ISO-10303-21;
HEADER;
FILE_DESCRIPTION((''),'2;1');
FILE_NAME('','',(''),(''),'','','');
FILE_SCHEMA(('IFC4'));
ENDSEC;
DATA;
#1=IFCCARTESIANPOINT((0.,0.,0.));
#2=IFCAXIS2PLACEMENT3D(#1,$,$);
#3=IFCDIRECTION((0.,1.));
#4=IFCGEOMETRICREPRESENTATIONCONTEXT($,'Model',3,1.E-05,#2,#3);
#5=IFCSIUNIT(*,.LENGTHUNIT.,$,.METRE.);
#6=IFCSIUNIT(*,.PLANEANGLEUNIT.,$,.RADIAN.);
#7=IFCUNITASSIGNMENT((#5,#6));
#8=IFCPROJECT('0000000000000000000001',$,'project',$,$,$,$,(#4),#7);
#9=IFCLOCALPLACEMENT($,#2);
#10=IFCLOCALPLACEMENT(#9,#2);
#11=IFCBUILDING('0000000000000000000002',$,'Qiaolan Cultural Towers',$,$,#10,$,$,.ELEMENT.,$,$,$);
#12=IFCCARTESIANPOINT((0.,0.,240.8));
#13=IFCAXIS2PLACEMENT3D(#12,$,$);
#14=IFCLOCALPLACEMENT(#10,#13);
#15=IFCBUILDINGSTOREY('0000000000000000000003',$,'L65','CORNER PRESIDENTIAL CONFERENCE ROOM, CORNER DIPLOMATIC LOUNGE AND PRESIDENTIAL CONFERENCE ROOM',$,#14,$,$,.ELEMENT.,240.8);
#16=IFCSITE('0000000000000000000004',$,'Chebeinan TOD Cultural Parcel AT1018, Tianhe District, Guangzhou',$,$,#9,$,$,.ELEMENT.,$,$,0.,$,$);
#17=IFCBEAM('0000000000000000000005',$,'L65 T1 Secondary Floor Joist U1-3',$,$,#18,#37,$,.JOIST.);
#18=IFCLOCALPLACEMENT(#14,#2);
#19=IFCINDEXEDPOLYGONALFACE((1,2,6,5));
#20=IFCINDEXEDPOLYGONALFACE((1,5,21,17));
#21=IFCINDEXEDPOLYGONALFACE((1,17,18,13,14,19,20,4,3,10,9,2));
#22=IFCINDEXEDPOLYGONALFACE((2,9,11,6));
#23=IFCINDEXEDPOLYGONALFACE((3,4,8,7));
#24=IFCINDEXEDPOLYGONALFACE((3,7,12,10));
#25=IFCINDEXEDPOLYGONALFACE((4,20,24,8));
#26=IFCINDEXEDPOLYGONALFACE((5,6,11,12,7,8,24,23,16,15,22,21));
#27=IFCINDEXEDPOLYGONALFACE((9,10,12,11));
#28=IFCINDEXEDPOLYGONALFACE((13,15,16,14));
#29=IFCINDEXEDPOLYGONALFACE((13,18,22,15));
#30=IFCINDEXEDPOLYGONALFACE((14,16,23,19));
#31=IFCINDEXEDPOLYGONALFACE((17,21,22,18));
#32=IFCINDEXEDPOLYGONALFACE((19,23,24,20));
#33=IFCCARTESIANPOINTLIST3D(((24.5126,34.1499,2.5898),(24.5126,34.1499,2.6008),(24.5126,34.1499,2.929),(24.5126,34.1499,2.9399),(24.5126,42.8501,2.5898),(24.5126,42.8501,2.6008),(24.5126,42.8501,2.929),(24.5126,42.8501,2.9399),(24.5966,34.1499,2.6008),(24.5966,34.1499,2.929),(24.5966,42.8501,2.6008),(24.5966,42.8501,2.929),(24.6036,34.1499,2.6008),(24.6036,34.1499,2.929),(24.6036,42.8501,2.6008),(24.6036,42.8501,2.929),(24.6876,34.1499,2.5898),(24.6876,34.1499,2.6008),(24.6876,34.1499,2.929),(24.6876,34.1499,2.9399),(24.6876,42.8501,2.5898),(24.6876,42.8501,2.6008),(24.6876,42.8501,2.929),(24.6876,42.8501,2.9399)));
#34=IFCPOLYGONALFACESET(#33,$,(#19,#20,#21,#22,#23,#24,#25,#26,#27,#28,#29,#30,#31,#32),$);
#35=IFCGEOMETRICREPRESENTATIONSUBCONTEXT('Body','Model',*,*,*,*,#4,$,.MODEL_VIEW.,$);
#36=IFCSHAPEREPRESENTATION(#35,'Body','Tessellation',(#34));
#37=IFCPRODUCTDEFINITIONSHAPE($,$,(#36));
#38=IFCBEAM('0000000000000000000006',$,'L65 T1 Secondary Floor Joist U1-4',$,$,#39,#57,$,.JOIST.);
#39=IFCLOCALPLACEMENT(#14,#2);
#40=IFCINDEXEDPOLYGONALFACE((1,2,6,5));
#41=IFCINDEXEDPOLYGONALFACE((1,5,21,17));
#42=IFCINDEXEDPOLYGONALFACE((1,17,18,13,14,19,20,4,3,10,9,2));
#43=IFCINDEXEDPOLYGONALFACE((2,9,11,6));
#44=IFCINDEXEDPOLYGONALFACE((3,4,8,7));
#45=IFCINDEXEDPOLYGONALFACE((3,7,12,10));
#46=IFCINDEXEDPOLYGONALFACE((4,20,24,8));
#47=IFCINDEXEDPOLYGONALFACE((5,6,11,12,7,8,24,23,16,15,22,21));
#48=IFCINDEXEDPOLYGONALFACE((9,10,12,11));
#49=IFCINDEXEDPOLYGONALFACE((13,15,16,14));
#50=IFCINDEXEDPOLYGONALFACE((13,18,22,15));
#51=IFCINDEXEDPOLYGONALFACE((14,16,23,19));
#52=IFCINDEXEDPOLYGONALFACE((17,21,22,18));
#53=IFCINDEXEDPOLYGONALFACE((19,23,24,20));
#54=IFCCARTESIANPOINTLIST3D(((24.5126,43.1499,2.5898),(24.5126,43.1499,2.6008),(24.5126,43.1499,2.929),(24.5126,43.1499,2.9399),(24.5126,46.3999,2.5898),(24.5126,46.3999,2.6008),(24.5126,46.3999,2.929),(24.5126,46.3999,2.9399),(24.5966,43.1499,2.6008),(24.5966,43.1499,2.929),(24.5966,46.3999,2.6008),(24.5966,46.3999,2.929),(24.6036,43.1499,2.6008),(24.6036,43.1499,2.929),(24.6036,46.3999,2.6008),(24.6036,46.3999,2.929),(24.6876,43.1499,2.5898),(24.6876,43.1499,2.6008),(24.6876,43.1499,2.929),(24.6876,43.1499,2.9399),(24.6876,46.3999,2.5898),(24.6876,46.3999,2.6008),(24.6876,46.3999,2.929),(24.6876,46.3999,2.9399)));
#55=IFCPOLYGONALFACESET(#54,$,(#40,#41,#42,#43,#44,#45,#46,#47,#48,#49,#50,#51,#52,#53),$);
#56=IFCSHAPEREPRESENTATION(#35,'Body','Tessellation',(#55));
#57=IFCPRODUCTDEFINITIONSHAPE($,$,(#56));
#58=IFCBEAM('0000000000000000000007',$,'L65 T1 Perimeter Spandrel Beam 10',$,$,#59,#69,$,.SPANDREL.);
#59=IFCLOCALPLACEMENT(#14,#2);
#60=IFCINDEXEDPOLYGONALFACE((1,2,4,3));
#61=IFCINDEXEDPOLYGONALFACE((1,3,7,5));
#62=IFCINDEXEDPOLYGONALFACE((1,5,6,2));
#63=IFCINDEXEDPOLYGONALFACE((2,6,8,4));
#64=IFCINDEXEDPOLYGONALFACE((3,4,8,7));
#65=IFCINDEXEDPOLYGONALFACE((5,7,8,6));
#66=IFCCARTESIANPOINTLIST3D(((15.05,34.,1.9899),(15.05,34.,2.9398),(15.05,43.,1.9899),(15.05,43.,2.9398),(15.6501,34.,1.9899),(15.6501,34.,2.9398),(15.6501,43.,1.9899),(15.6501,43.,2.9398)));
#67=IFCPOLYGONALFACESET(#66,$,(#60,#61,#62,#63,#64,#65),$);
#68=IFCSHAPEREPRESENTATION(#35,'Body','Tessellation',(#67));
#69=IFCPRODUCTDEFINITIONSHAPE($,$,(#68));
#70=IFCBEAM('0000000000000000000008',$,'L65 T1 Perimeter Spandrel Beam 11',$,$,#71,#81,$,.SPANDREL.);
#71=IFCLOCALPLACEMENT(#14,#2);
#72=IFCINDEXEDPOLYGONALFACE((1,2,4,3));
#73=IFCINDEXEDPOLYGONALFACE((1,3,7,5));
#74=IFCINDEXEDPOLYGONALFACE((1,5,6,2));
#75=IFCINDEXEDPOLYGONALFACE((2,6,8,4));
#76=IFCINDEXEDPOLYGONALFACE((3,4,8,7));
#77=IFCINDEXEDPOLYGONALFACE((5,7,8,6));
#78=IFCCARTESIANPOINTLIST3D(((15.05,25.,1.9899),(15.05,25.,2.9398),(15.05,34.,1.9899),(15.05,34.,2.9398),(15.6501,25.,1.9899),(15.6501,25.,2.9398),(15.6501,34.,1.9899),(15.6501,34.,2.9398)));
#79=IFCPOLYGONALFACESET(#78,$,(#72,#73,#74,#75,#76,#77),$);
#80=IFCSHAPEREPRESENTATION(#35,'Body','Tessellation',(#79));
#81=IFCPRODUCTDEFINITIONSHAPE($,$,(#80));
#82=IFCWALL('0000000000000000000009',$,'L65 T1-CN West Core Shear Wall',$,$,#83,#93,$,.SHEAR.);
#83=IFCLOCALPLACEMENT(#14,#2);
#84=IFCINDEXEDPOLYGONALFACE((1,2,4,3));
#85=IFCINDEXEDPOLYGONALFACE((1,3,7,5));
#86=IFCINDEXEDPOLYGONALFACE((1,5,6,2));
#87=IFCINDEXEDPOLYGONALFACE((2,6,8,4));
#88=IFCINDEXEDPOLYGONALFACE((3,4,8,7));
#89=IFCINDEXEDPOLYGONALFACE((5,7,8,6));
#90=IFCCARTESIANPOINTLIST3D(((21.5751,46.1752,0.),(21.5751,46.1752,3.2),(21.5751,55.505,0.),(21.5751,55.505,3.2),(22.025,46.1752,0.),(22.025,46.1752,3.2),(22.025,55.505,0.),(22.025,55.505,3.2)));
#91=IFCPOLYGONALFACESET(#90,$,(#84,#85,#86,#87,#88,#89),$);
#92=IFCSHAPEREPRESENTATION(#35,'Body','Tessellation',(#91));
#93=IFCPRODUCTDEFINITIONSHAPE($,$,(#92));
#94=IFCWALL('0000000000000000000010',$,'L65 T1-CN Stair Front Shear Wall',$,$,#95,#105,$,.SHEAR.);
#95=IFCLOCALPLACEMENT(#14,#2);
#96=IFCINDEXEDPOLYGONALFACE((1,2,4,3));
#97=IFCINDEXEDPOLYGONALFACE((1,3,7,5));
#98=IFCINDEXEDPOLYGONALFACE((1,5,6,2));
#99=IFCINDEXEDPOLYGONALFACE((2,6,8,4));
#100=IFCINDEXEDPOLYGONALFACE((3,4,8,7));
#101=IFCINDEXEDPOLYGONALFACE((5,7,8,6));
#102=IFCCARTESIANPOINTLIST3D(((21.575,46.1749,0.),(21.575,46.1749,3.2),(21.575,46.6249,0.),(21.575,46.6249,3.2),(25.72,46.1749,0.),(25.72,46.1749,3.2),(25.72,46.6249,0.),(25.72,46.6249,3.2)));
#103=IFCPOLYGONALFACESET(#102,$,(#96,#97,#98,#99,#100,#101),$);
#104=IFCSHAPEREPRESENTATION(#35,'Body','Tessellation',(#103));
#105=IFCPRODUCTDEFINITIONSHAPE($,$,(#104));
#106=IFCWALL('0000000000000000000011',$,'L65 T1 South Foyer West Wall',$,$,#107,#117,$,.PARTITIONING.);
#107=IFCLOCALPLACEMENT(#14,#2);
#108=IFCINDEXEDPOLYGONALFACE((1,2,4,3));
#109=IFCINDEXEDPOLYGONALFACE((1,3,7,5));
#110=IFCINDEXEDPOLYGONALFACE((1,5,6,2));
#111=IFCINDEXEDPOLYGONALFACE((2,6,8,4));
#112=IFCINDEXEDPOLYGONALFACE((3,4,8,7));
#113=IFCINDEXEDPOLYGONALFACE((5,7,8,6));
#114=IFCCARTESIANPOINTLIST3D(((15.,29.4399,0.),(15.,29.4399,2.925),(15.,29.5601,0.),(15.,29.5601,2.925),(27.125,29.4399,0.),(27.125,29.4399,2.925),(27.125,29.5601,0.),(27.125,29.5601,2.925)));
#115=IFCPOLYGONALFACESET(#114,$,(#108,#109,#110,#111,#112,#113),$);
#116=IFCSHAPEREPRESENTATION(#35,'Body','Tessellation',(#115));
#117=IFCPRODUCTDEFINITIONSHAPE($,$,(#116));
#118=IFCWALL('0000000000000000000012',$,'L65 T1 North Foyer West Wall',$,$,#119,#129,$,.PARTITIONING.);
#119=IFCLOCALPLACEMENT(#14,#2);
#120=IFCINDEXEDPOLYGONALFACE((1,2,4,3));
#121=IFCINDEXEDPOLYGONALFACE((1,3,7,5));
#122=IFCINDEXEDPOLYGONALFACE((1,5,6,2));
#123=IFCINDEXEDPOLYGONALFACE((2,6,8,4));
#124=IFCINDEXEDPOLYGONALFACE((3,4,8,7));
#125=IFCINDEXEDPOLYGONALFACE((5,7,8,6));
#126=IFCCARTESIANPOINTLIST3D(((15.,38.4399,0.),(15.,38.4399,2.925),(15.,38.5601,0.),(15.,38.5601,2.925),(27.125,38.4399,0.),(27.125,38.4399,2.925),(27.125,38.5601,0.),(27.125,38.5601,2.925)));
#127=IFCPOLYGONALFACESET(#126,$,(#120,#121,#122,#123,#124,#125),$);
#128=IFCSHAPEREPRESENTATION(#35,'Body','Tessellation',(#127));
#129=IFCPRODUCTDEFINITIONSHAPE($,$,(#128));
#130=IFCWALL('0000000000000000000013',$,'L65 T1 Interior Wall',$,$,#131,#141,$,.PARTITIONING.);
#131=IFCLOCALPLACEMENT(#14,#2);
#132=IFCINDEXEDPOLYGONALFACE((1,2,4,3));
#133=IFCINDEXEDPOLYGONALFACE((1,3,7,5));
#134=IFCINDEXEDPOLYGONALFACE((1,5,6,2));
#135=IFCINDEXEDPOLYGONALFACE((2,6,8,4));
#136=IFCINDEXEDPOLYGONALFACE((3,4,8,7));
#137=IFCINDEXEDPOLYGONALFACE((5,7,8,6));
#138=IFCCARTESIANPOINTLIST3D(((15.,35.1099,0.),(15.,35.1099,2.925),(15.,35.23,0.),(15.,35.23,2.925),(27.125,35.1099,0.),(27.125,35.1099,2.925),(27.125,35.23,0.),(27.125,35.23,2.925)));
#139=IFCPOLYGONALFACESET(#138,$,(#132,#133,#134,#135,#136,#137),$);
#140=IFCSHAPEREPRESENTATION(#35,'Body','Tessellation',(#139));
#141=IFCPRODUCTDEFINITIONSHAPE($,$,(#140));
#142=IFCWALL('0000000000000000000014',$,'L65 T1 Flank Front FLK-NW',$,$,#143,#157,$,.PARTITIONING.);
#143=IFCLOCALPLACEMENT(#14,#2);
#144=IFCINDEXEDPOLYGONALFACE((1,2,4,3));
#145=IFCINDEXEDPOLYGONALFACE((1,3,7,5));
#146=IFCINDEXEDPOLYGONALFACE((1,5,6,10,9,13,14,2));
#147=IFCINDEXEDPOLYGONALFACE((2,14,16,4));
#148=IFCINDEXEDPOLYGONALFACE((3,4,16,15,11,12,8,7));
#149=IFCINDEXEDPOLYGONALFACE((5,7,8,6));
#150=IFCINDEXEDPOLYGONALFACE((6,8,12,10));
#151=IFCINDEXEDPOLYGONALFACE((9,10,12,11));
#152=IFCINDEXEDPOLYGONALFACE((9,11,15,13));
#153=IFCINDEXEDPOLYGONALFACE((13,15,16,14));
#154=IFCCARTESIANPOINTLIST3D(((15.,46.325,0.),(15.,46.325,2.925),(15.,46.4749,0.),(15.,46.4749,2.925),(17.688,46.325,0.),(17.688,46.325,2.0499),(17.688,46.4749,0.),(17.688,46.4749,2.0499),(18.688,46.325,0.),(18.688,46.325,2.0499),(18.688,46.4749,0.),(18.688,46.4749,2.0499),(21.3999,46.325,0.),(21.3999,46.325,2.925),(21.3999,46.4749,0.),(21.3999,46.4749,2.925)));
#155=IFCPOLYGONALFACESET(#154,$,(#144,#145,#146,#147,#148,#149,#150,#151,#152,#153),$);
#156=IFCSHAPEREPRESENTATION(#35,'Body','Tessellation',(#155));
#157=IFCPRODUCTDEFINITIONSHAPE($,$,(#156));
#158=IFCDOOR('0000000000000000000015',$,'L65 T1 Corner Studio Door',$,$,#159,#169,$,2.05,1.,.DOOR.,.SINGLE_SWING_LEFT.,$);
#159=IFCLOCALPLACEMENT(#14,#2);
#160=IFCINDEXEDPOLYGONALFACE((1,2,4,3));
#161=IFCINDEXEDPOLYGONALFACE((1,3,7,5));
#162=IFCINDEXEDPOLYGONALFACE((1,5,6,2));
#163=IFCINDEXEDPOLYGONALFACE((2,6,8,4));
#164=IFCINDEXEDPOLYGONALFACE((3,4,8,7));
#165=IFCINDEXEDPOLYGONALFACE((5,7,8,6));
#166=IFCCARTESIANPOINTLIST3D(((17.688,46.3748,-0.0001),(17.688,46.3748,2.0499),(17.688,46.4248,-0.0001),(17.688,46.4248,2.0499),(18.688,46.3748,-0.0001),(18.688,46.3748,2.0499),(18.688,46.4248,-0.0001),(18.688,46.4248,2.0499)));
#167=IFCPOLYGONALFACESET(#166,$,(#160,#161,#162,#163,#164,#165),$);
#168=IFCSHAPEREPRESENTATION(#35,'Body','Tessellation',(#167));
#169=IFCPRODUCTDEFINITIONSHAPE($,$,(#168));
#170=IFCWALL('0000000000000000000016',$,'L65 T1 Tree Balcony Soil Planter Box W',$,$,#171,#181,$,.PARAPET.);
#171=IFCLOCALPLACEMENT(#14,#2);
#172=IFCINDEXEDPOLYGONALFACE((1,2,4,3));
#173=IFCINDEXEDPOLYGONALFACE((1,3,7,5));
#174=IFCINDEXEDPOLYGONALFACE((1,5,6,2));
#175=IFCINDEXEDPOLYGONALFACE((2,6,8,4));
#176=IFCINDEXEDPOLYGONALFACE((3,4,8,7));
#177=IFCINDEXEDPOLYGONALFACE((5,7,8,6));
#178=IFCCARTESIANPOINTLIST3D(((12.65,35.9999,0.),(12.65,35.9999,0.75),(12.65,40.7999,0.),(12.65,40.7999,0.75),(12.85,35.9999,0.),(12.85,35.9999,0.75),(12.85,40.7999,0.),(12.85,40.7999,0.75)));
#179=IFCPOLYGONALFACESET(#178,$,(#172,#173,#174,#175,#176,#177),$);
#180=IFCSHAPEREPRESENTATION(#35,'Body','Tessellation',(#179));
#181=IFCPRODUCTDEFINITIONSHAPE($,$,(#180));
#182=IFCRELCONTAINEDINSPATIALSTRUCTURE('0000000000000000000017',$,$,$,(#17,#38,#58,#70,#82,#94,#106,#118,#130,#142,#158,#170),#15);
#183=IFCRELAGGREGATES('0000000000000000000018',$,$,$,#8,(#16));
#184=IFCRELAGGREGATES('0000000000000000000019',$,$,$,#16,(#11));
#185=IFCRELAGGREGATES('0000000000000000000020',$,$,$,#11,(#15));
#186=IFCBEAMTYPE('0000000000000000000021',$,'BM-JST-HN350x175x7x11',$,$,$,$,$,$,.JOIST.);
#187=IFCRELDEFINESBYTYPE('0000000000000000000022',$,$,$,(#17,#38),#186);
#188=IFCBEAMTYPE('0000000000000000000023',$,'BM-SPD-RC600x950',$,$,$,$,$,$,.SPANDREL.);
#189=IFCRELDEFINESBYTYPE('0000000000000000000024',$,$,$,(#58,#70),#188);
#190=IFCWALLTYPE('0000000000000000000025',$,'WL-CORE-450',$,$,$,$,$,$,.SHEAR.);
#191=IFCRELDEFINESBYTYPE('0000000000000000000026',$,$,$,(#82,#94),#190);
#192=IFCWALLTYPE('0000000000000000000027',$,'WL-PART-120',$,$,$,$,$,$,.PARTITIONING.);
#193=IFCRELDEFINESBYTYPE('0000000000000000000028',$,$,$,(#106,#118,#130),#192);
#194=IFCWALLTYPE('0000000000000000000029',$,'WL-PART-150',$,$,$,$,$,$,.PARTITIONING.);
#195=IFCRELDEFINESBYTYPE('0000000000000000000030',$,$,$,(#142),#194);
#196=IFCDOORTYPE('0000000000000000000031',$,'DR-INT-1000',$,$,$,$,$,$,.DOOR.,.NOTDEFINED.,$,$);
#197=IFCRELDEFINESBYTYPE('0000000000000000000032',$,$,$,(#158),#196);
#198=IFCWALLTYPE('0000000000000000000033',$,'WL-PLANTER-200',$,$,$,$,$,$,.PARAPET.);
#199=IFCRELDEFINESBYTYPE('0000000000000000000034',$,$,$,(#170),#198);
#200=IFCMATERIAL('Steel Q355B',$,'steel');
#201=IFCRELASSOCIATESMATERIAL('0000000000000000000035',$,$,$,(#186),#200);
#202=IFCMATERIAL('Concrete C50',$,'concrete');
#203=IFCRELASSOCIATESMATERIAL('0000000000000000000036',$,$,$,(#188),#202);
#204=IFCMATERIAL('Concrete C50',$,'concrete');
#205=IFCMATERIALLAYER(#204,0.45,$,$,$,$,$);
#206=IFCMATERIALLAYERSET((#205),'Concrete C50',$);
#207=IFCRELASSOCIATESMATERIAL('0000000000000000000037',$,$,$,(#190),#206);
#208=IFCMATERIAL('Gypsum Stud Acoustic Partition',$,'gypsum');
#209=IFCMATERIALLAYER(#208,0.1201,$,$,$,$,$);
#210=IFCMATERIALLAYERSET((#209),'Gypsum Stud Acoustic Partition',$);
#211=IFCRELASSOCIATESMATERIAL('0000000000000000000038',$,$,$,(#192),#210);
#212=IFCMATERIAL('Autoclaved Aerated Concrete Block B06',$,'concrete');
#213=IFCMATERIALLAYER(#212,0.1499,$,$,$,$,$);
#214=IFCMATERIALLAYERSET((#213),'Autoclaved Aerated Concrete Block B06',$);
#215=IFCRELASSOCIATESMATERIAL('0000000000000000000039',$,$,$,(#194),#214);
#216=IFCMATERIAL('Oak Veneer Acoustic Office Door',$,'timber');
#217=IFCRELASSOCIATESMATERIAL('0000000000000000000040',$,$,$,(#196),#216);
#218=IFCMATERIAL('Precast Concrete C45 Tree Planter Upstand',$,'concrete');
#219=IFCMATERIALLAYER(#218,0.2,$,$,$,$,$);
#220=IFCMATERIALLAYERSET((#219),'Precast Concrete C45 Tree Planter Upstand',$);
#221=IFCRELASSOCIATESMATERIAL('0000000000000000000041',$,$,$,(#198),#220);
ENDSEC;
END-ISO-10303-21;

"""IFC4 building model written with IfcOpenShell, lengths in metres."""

from ifc_helpers import new_model, si_unit, direction, frame, frame_2d, origin, origin_2d, place, context, subcontext, project, spatial, rectangle, i_section, extrude, material, layer, layer_set, material_profile, profile_set, type_object, element, fill, save


model = new_model("IFC4")

# Units and contexts
model_context = context("Model", 3, precision=1e-05, world=origin(), true_north=direction((0.0, 1.0)))
body_context = subcontext(model_context, "Body", "Model", "MODEL_VIEW")
ifc_project = project(units=[si_unit("LENGTHUNIT", "METRE"), si_unit("PLANEANGLEUNIT", "RADIAN")], contexts=[model_context])

# Site, building, storey
site_placement = place(None, origin())
site = spatial("IfcSite", under=ifc_project, at=site_placement, Name="Chebeinan TOD Cultural Parcel AT1018, Tianhe District, Guangzhou", CompositionType="ELEMENT", RefElevation=0.0)
building_placement = place(site_placement, origin())
building = spatial("IfcBuilding", under=site, at=building_placement, Name="Qiaolan Cultural Towers", CompositionType="ELEMENT")
storey_placement = place(building_placement, frame((0.0, 0.0, 240.8)))
storey = spatial("IfcBuildingStorey", under=building, at=storey_placement, Name="L65", Description="CORNER PRESIDENTIAL CONFERENCE ROOM, CORNER DIPLOMATIC LOUNGE AND PRESIDENTIAL CONFERENCE ROOM", CompositionType="ELEMENT", Elevation=240.8)

# Beams
ifc_material_1 = material(Name="Steel Q355B", Category="steel")
ifc_material_profile_1 = material_profile(ifc_material_1, i_section(OverallWidth=0.175, OverallDepth=0.3501, WebThickness=0.0071, FlangeThickness=0.011, at=origin_2d()), Name="HN350x175x7x11")
ifc_profile_set_1 = profile_set([ifc_material_profile_1], Name="Steel Q355B")
beam_type_1 = type_object("IfcBeamType", Name="BM-JST-HN350x175x7x11", PredefinedType="JOIST", material=ifc_profile_set_1)
for number, where, z_axis, x_axis, name in (
    (1, (24.6001, 34.1499, 2.7649), (0.0, 1.0, 0.0), (-1.0, 0.0, 0.0), "L65 T1 Secondary Floor Joist U1-3"),
):
    element("IfcBeam", number, at=place(storey_placement, frame(where, z_axis=z_axis, x_axis=x_axis)), inside=storey, type_object=beam_type_1, Name=name, PredefinedType="JOIST", context=body_context, shape_type="SweptSolid", body=[
        extrude(i_section(OverallWidth=0.175, OverallDepth=0.3501, WebThickness=0.0071, FlangeThickness=0.011, at=origin_2d()), origin(), (0.0, 0.0, 1.0), 8.7002),
    ])
beam_1_placement = place(storey_placement, frame((24.6001, 43.1499, 2.7649), z_axis=(0.0, 1.0, 0.0), x_axis=(-1.0, 0.0, 0.0)))
element("IfcBeam", 2, at=beam_1_placement, inside=storey, type_object=beam_type_1, Name="L65 T1 Secondary Floor Joist U1-4", PredefinedType="JOIST", context=body_context, shape_type="SweptSolid", body=[
    extrude(i_section(OverallWidth=0.175, OverallDepth=0.3501, WebThickness=0.0071, FlangeThickness=0.011, at=origin_2d()), origin(), (0.0, 0.0, 1.0), 3.25),
])
ifc_material_2 = material(Name="Concrete C50", Category="concrete")
ifc_material_profile_2 = material_profile(ifc_material_2, rectangle(XDim=0.6001, YDim=0.95, at=origin_2d()), Name="RC600x950")
ifc_profile_set_2 = profile_set([ifc_material_profile_2], Name="Concrete C50")
beam_type_2 = type_object("IfcBeamType", Name="BM-SPD-RC600x950", PredefinedType="SPANDREL", material=ifc_profile_set_2)
for number, where, z_axis, x_axis, name in (
    (3, (15.3501, 43.0, 2.4648), (0.0, -1.0, 0.0), (1.0, 0.0, 0.0), "L65 T1 Perimeter Spandrel Beam 10"),
    (4, (15.3501, 34.0, 2.4648), (0.0, -1.0, 0.0), (1.0, 0.0, 0.0), "L65 T1 Perimeter Spandrel Beam 11"),
):
    element("IfcBeam", number, at=place(storey_placement, frame(where, z_axis=z_axis, x_axis=x_axis)), inside=storey, type_object=beam_type_2, Name=name, PredefinedType="SPANDREL", context=body_context, shape_type="SweptSolid", body=[
        extrude(rectangle(XDim=0.6001, YDim=0.95, at=origin_2d()), origin(), (0.0, 0.0, 1.0), 9.0),
    ])

# Walls
ifc_material_3 = material(Name="Concrete C50", Category="concrete")
ifc_layer_1 = layer(ifc_material_3, 0.45)
ifc_layer_set_1 = layer_set([ifc_layer_1], Name="Concrete C50")
wall_type_1 = type_object("IfcWallType", Name="WL-CORE-450", PredefinedType="SHEAR", material=ifc_layer_set_1)
wall_1_placement = place(storey_placement, frame((21.8, 46.175, 0.0), z_axis=(0.0, 0.0, 1.0), x_axis=(0.0, 1.0, 0.0)))
element("IfcWall", 5, at=wall_1_placement, inside=storey, type_object=wall_type_1, Name="L65 T1-CN West Core Shear Wall", PredefinedType="SHEAR", context=body_context, shape_type="SweptSolid", body=[
    extrude(rectangle(XDim=9.3298, YDim=0.45, at=frame_2d((4.665, 0.0))), origin(), (0.0, 0.0, 1.0), 3.2),
])
wall_2_placement = place(storey_placement, frame((21.575, 46.3999, 0.0), z_axis=(0.0, 0.0, 1.0), x_axis=(1.0, 0.0, 0.0)))
element("IfcWall", 6, at=wall_2_placement, inside=storey, type_object=wall_type_1, Name="L65 T1-CN Stair Front Shear Wall", PredefinedType="SHEAR", context=body_context, shape_type="SweptSolid", body=[
    extrude(rectangle(XDim=4.145, YDim=0.45, at=frame_2d((2.0725, 0.0))), origin(), (0.0, 0.0, 1.0), 3.2),
])
ifc_material_4 = material(Name="Gypsum Stud Acoustic Partition", Category="gypsum")
ifc_layer_2 = layer(ifc_material_4, 0.1201)
ifc_layer_set_2 = layer_set([ifc_layer_2], Name="Gypsum Stud Acoustic Partition")
wall_type_2 = type_object("IfcWallType", Name="WL-PART-120", PredefinedType="PARTITIONING", material=ifc_layer_set_2)
for number, where, z_axis, x_axis, name in (
    (7, (15.0, 29.5, 0.0), (0.0, 0.0, 1.0), (1.0, 0.0, 0.0), "L65 T1 South Foyer West Wall"),
    (8, (15.0, 38.5, 0.0), (0.0, 0.0, 1.0), (1.0, 0.0, 0.0), "L65 T1 North Foyer West Wall"),
    (9, (15.0, 35.1699, 0.0), (0.0, 0.0, 1.0), (1.0, 0.0, 0.0), "L65 T1 Interior Wall"),
):
    element("IfcWall", number, at=place(storey_placement, frame(where, z_axis=z_axis, x_axis=x_axis)), inside=storey, type_object=wall_type_2, Name=name, PredefinedType="PARTITIONING", context=body_context, shape_type="SweptSolid", body=[
        extrude(rectangle(XDim=12.125, YDim=0.1201, at=frame_2d((6.0625, 0.0))), origin(), (0.0, 0.0, 1.0), 2.925),
    ])

# Wall, opening, door
ifc_material_5 = material(Name="Autoclaved Aerated Concrete Block B06", Category="concrete")
ifc_layer_3 = layer(ifc_material_5, 0.1499)
ifc_layer_set_3 = layer_set([ifc_layer_3], Name="Autoclaved Aerated Concrete Block B06")
wall_type_3 = type_object("IfcWallType", Name="WL-PART-150", PredefinedType="PARTITIONING", material=ifc_layer_set_3)
wall_3_placement = place(storey_placement, frame((15.0, 46.3999, 0.0), z_axis=(0.0, 0.0, 1.0), x_axis=(1.0, 0.0, 0.0)))
wall_3 = element("IfcWall", 10, at=wall_3_placement, inside=storey, type_object=wall_type_3, Name="L65 T1 Flank Front FLK-NW", PredefinedType="PARTITIONING", context=body_context, shape_type="SweptSolid", body=[
    extrude(rectangle(XDim=6.3999, YDim=0.1499, at=frame_2d((3.2, 0.0))), origin(), (0.0, 0.0, 1.0), 2.925),
])
opening_placement = place(wall_3_placement, frame((2.688, 0.0, 0.0)))
opening = element("IfcOpeningElement", 11, at=opening_placement, cuts=wall_3, PredefinedType="OPENING", context=body_context, shape_type="SweptSolid", body=[
    extrude(rectangle(XDim=1.0, YDim=2.05, at=frame_2d((0.5, 1.0249))), frame((0.0, 0.085, 0.0), z_axis=(0.0, -1.0, 0.0), x_axis=(1.0, 0.0, 0.0)), (0.0, 0.0, 1.0), 0.1699),
])
ifc_material_6 = material(Name="Oak Veneer Acoustic Office Door", Category="timber")
door_type = type_object("IfcDoorType", Name="DR-INT-1000", OperationType="NOTDEFINED", PredefinedType="DOOR", material=ifc_material_6)
door_placement = place(opening_placement, origin())
door = element("IfcDoor", 12, at=door_placement, inside=storey, type_object=door_type, Name="L65 T1 Corner Studio Door", OperationType="SINGLE_SWING_LEFT", OverallHeight=2.05, OverallWidth=1.0, PredefinedType="DOOR", context=body_context, shape_type="SweptSolid", body=[
    extrude(rectangle(XDim=1.0, YDim=2.05, at=frame_2d((0.5, 1.0249))), frame((0.0, 0.0249, 0.0), z_axis=(0.0, -1.0, 0.0), x_axis=(1.0, 0.0, 0.0)), (0.0, 0.0, 1.0), 0.05),
])
fill(opening, door)

# Wall
ifc_material_7 = material(Name="Precast Concrete C45 Tree Planter Upstand", Category="concrete")
ifc_layer_4 = layer(ifc_material_7, 0.2)
ifc_layer_set_4 = layer_set([ifc_layer_4], Name="Precast Concrete C45 Tree Planter Upstand")
wall_type_4 = type_object("IfcWallType", Name="WL-PLANTER-200", PredefinedType="PARAPET", material=ifc_layer_set_4)
wall_4_placement = place(storey_placement, frame((12.75, 36.0, 0.0), z_axis=(0.0, 0.0, 1.0), x_axis=(0.0, 1.0, 0.0)))
element("IfcWall", 13, at=wall_4_placement, inside=storey, type_object=wall_type_4, Name="L65 T1 Tree Balcony Soil Planter Box W", PredefinedType="PARAPET", context=body_context, shape_type="SweptSolid", body=[
    extrude(rectangle(XDim=4.8, YDim=0.2, at=frame_2d((2.3999, 0.0))), origin(), (0.0, 0.0, 1.0), 0.75),
])

save(model, "model.ifc")
